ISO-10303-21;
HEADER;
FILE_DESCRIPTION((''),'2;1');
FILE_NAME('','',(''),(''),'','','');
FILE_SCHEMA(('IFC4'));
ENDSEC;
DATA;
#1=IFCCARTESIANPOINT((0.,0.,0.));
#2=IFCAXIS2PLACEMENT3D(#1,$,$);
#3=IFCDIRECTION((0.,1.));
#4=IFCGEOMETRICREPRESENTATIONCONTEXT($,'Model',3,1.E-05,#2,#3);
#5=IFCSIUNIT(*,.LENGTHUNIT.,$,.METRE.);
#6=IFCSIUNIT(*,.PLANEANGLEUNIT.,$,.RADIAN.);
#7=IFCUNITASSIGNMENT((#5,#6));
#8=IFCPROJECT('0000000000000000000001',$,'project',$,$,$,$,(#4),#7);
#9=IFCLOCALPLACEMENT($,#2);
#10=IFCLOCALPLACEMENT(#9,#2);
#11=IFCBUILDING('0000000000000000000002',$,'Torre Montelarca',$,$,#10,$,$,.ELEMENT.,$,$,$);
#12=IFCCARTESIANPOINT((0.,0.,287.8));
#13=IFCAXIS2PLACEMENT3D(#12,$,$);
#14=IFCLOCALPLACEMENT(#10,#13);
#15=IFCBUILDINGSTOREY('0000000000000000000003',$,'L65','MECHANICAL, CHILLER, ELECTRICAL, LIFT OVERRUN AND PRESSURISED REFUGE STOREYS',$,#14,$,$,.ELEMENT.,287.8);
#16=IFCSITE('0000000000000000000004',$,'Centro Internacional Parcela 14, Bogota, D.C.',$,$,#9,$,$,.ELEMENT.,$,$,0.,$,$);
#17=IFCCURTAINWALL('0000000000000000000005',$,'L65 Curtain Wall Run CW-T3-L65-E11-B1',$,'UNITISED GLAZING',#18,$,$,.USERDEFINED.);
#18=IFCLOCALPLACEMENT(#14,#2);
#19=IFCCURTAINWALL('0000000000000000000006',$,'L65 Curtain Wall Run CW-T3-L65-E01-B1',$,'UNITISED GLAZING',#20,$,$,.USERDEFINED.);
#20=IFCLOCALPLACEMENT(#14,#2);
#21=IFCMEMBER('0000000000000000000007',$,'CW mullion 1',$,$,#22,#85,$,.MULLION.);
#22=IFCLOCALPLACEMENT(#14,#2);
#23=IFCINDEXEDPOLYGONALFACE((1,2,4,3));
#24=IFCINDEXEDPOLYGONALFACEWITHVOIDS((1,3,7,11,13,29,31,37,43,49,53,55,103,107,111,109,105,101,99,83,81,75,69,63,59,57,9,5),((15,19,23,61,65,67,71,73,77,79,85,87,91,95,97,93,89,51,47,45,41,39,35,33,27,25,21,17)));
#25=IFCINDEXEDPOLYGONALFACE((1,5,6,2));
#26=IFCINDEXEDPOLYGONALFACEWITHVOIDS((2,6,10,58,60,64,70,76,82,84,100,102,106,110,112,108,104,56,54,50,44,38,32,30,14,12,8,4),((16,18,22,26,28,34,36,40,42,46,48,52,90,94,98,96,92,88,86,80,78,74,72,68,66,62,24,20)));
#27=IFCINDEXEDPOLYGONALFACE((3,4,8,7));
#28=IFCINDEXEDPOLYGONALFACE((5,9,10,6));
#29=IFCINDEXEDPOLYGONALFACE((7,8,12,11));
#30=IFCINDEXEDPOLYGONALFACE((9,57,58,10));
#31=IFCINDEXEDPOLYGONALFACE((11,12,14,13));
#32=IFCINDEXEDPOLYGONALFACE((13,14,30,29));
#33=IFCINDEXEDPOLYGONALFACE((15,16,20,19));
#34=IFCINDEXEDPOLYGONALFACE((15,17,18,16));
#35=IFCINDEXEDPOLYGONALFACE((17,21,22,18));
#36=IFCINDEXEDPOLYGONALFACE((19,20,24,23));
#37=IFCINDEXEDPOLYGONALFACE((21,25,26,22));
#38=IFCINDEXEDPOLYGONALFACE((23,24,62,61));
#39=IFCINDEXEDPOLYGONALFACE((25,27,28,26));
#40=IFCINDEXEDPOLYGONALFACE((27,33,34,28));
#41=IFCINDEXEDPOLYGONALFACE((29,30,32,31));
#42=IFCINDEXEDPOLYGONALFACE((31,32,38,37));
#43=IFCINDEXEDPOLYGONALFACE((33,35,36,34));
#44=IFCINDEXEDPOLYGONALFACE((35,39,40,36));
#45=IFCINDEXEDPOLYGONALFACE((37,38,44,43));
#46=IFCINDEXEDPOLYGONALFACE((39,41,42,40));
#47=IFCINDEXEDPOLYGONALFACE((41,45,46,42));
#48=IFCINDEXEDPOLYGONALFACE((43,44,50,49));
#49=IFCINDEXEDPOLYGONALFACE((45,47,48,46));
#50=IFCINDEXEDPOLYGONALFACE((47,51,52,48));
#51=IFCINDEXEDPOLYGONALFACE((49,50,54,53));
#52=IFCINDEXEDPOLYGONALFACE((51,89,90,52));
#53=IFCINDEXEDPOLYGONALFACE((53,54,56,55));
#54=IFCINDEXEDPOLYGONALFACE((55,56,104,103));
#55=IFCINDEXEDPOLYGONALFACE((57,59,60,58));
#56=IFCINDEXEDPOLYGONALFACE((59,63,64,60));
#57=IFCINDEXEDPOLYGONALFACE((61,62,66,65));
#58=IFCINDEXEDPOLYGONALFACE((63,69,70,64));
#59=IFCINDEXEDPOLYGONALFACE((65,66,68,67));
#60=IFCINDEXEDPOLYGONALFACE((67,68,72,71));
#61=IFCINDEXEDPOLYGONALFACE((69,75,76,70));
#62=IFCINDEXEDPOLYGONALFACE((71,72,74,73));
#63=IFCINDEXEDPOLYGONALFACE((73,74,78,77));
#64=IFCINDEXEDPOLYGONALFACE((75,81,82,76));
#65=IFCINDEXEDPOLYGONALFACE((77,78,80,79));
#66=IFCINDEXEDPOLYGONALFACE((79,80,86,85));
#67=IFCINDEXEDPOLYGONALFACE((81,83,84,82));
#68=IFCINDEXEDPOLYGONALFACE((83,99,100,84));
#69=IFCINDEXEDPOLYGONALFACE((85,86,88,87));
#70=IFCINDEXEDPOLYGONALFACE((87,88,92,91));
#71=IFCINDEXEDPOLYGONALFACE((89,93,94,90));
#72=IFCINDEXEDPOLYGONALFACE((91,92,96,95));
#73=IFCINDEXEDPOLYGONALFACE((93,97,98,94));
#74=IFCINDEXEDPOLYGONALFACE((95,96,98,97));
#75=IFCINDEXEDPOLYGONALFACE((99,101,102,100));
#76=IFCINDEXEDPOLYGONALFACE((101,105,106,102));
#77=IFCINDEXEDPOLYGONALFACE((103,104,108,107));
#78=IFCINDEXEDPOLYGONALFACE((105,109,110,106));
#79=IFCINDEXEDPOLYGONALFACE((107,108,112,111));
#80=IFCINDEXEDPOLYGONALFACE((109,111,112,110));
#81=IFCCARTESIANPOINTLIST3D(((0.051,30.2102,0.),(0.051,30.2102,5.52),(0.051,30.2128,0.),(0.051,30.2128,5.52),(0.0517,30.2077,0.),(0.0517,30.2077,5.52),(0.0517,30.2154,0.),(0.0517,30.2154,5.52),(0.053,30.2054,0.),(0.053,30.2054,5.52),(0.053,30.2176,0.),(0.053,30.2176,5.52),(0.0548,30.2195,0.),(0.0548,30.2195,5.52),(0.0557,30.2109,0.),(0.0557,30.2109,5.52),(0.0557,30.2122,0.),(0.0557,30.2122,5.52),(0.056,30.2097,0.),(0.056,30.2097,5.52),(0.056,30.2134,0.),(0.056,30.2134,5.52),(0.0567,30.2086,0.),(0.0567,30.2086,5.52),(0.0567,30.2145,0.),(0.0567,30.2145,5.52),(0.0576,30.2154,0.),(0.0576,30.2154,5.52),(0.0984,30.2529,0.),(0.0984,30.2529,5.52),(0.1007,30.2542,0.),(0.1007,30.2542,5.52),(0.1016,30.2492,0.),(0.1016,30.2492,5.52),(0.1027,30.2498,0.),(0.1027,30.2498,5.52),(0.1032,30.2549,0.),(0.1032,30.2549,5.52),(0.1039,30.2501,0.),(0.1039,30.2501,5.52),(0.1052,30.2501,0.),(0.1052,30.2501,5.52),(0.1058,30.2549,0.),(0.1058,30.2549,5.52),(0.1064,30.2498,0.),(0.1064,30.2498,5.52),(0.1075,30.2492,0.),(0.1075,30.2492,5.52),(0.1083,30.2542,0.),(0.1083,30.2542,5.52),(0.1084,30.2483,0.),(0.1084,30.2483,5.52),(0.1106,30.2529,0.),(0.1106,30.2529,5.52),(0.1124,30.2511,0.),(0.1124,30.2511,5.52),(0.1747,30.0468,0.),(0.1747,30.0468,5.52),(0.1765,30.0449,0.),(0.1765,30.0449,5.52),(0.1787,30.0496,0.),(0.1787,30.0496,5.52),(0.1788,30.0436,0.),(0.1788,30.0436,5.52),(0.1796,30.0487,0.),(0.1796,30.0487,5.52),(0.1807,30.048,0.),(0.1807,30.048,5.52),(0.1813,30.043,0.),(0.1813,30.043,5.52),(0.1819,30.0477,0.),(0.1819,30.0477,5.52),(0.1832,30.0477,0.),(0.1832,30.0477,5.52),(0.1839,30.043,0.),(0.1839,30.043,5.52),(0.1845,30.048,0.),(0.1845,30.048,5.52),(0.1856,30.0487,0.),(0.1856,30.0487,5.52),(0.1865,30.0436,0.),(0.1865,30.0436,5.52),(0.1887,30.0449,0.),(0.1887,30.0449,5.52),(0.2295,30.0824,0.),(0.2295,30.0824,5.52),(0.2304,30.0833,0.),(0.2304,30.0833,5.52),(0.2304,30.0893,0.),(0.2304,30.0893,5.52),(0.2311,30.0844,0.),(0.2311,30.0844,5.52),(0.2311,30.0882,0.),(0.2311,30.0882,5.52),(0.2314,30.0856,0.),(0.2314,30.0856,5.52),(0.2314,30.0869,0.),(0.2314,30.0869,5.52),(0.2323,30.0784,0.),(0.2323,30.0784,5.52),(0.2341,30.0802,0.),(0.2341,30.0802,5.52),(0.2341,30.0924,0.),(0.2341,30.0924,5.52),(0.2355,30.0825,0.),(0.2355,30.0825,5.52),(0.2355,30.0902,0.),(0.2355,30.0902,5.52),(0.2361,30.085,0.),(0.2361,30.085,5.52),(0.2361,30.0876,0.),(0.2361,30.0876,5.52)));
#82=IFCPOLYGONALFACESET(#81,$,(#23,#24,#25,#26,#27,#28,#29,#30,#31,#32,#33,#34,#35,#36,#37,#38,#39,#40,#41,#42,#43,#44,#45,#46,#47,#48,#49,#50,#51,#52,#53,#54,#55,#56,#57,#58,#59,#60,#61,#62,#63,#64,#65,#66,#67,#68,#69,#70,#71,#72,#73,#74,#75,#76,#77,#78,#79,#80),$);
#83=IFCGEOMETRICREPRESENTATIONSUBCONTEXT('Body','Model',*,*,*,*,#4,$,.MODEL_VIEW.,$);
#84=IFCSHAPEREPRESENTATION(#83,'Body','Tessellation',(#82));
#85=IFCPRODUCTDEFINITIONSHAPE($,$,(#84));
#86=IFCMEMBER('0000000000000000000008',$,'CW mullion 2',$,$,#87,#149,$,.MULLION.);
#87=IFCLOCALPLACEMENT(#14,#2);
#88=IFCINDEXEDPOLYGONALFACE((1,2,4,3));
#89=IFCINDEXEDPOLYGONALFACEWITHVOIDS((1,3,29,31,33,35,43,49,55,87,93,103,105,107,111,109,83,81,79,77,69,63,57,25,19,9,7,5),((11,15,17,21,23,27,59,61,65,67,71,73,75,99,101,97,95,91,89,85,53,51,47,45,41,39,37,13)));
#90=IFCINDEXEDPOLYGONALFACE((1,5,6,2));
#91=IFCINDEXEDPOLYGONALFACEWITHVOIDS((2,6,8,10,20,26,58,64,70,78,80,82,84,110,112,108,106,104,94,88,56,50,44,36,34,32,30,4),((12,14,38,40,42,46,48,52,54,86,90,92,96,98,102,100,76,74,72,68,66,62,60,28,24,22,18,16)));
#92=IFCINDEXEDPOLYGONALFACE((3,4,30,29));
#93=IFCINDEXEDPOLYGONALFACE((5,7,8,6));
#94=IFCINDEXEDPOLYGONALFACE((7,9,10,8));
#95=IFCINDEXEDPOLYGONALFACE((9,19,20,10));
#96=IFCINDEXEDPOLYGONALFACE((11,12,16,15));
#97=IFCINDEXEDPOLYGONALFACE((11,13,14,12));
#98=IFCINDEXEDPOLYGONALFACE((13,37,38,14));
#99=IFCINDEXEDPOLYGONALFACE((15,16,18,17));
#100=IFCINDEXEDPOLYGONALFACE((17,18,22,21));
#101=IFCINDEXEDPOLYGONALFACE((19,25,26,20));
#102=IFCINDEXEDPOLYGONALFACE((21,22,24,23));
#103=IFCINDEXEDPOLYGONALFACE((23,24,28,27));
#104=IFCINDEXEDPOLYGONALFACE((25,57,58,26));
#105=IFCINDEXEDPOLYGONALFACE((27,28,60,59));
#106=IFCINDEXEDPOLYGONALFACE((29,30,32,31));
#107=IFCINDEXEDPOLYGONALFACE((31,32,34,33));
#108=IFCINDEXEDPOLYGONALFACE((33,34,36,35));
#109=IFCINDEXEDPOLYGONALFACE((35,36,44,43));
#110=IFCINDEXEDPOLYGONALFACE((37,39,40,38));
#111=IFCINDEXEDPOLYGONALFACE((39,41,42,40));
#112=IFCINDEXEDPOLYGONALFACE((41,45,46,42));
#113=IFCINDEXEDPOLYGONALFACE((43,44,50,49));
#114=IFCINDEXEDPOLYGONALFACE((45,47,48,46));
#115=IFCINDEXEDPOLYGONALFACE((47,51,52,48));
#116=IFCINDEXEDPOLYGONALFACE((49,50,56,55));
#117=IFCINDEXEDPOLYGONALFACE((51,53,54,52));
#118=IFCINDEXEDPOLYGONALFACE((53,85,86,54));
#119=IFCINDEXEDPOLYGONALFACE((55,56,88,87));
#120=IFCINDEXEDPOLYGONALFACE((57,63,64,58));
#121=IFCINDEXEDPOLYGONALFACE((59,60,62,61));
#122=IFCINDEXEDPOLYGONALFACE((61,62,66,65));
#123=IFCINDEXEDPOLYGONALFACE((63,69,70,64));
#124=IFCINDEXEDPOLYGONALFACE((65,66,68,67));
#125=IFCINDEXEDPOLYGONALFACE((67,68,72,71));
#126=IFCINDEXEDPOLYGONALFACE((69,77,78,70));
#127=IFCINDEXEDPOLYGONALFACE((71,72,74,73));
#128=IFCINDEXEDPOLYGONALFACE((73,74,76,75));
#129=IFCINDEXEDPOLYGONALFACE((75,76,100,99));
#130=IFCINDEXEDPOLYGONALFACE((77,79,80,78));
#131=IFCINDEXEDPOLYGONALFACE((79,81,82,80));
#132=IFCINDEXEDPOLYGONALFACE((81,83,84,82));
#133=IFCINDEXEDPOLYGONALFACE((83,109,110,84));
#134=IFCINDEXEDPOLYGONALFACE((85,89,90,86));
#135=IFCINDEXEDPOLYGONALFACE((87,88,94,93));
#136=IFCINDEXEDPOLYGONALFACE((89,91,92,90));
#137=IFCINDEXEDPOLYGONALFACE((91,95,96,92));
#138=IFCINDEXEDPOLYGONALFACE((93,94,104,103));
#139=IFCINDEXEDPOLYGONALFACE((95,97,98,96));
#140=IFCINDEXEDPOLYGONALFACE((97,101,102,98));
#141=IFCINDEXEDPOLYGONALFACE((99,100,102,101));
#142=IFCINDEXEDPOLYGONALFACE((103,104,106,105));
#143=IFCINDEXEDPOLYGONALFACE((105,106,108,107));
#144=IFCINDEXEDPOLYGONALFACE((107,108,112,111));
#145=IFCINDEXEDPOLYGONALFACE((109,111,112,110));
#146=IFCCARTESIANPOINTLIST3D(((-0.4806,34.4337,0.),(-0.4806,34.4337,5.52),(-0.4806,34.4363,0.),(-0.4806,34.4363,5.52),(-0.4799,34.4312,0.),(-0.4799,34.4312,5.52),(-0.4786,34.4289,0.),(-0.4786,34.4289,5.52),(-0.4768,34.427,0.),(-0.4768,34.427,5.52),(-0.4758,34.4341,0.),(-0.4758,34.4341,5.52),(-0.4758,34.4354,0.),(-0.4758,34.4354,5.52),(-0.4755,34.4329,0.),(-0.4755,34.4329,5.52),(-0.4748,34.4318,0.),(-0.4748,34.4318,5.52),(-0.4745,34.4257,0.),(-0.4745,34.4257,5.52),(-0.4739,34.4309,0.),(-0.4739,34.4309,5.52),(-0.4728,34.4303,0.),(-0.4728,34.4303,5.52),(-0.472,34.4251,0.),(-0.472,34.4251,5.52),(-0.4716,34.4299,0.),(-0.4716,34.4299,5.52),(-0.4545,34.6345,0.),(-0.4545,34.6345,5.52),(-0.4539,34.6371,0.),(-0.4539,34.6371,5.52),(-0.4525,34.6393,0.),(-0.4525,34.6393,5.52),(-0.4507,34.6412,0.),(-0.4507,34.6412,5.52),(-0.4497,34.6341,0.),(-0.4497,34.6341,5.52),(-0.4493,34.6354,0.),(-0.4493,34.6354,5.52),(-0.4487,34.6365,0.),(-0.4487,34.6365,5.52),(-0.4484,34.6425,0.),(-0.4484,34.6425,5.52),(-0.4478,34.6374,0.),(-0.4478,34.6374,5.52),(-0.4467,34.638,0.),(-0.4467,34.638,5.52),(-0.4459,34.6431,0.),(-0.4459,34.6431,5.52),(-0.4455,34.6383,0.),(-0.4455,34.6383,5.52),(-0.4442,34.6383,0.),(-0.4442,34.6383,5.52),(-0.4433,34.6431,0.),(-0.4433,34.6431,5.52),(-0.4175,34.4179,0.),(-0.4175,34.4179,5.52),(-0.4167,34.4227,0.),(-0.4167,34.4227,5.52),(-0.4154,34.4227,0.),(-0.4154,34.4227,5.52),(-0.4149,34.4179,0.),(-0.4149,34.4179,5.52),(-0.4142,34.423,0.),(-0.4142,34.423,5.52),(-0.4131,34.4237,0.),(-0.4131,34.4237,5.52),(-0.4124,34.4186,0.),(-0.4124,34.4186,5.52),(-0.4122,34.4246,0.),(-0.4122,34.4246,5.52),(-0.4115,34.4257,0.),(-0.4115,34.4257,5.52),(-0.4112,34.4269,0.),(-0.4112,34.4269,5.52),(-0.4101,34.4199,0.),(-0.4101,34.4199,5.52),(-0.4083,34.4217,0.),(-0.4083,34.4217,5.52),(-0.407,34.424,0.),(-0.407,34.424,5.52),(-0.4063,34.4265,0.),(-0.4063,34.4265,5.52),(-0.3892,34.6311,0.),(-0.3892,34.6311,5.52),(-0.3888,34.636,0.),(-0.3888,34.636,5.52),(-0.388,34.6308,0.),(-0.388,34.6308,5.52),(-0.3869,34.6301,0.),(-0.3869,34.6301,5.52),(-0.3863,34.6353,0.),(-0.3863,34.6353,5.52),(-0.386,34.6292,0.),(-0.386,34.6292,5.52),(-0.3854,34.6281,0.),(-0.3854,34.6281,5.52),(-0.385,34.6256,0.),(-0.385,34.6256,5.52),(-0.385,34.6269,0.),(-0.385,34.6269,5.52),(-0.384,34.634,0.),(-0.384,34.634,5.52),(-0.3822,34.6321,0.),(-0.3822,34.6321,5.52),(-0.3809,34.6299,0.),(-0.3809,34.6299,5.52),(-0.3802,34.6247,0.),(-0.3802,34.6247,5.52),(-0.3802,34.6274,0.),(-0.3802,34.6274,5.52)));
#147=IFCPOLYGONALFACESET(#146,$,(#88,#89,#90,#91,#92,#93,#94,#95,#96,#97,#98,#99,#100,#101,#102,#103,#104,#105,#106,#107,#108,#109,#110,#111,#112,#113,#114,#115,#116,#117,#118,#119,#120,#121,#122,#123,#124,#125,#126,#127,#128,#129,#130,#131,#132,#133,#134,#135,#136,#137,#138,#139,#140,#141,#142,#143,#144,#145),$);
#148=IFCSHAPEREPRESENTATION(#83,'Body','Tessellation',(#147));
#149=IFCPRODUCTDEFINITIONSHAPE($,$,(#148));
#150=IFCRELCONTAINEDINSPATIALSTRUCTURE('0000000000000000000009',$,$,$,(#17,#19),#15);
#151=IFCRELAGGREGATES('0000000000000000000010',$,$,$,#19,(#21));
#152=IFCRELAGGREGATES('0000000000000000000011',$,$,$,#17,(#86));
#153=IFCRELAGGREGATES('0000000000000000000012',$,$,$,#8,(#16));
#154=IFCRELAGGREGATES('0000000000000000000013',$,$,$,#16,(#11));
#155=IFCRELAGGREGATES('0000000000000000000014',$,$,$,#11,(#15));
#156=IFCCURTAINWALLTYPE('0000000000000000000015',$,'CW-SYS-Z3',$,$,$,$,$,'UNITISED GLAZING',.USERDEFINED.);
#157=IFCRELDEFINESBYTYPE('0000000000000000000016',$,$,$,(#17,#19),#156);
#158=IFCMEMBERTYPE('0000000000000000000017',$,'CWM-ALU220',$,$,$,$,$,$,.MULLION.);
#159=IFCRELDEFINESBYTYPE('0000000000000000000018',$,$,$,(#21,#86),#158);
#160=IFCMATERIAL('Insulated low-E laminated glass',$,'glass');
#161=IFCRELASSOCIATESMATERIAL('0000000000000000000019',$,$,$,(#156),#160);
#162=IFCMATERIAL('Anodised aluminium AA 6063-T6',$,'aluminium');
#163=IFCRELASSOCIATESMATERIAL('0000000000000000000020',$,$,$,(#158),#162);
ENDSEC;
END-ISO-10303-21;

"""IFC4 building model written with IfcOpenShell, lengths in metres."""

from ifc_helpers import new_model, si_unit, direction, frame, origin, origin_2d, place, context, subcontext, project, spatial, hollow_rectangle, extrude, source, transform, mapped, material, material_profile, profile_set, type_object, element, aggregate, save


model = new_model("IFC4")

# Units and contexts
model_context = context("Model", 3, precision=1e-05, world=origin(), true_north=direction((0.0, 1.0)))
body_context = subcontext(model_context, "Body", "Model", "MODEL_VIEW")
ifc_project = project(units=[si_unit("LENGTHUNIT", "METRE"), si_unit("PLANEANGLEUNIT", "RADIAN")], contexts=[model_context])

# Site, building, storey
site_placement = place(None, origin())
site = spatial("IfcSite", under=ifc_project, at=site_placement, Name="Centro Internacional Parcela 14, Bogota, D.C.", CompositionType="ELEMENT", RefElevation=0.0)
building_placement = place(site_placement, origin())
building = spatial("IfcBuilding", under=site, at=building_placement, Name="Torre Montelarca", CompositionType="ELEMENT")
storey_placement = place(building_placement, frame((0.0, 0.0, 287.8)))
storey = spatial("IfcBuildingStorey", under=building, at=storey_placement, Name="L65", Description="MECHANICAL, CHILLER, ELECTRICAL, LIFT OVERRUN AND PRESSURISED REFUGE STOREYS", CompositionType="ELEMENT", Elevation=287.8)

# Curtain walls, member
ifc_material_1 = material(Name="Insulated low-E laminated glass", Category="glass")
curtain_wall_type = type_object("IfcCurtainWallType", Name="CW-SYS-Z3", ElementType="UNITISED GLAZING", PredefinedType="USERDEFINED", material=ifc_material_1)
curtain_wall_1_placement = place(storey_placement, origin())
curtain_wall_1 = element("IfcCurtainWall", 1, at=curtain_wall_1_placement, inside=storey, type_object=curtain_wall_type, Name="L65 Curtain Wall Run CW-T3-L65-E11-B1", ObjectType="UNITISED GLAZING", PredefinedType="USERDEFINED")
ifc_material_2 = material(Name="Anodised aluminium AA 6063-T6", Category="aluminium")
curtain_wall_2_placement = place(storey_placement, origin())
curtain_wall_2 = element("IfcCurtainWall", 2, at=curtain_wall_2_placement, inside=storey, type_object=curtain_wall_type, Name="L65 Curtain Wall Run CW-T3-L65-E01-B1", ObjectType="UNITISED GLAZING", PredefinedType="USERDEFINED")
ifc_material_profile_1 = material_profile(ifc_material_2, hollow_rectangle(XDim=0.075, YDim=0.22, WallThickness=0.0049, InnerFilletRadius=0.0049, OuterFilletRadius=0.01, at=origin_2d()), Name="ALU75X220X5", Category="aluminium")
ifc_profile_set_1 = profile_set([ifc_material_profile_1], Name="Anodised aluminium AA 6063-T6")
member_type_1 = type_object("IfcMemberType", Name="CWM-ALU220", PredefinedType="MULLION", material=ifc_profile_set_1)
shared_shape_1 = source(origin(), body_context, "Body", "SweptSolid", [
    extrude(hollow_rectangle(XDim=0.075, YDim=0.22, WallThickness=0.0049, InnerFilletRadius=0.0049, OuterFilletRadius=0.01, at=origin_2d()), origin(), (0.0, 0.0, 1.0), 5.52),
])
member_1_placement = place(storey_placement, frame((0.1436, 30.1489, 0.0), z_axis=(0.0, 0.0, 1.0), x_axis=(0.793348, 0.608768, 0.0)))
member_1 = element("IfcMember", 3, at=member_1_placement, type_object=member_type_1, Name="CW mullion 1", PredefinedType="MULLION", context=body_context, shape_type="MappedRepresentation", body=[
    mapped(shared_shape_1, transform((0.0, 0.0, 0.0), scale=1.0)),
])

# Member
member_2_placement = place(storey_placement, frame((-0.4304, 34.5305, 0.0), z_axis=(0.0, 0.0, 1.0), x_axis=(0.991446, -0.130514, 0.0)))
member_2 = element("IfcMember", 4, at=member_2_placement, type_object=member_type_1, Name="CW mullion 2", PredefinedType="MULLION", context=body_context, shape_type="MappedRepresentation", body=[
    mapped(shared_shape_1, transform((0.0, 0.0, 0.0), scale=1.0)),
])

aggregate(curtain_wall_2, [member_1])
aggregate(curtain_wall_1, [member_2])

save(model, "model.ifc")
